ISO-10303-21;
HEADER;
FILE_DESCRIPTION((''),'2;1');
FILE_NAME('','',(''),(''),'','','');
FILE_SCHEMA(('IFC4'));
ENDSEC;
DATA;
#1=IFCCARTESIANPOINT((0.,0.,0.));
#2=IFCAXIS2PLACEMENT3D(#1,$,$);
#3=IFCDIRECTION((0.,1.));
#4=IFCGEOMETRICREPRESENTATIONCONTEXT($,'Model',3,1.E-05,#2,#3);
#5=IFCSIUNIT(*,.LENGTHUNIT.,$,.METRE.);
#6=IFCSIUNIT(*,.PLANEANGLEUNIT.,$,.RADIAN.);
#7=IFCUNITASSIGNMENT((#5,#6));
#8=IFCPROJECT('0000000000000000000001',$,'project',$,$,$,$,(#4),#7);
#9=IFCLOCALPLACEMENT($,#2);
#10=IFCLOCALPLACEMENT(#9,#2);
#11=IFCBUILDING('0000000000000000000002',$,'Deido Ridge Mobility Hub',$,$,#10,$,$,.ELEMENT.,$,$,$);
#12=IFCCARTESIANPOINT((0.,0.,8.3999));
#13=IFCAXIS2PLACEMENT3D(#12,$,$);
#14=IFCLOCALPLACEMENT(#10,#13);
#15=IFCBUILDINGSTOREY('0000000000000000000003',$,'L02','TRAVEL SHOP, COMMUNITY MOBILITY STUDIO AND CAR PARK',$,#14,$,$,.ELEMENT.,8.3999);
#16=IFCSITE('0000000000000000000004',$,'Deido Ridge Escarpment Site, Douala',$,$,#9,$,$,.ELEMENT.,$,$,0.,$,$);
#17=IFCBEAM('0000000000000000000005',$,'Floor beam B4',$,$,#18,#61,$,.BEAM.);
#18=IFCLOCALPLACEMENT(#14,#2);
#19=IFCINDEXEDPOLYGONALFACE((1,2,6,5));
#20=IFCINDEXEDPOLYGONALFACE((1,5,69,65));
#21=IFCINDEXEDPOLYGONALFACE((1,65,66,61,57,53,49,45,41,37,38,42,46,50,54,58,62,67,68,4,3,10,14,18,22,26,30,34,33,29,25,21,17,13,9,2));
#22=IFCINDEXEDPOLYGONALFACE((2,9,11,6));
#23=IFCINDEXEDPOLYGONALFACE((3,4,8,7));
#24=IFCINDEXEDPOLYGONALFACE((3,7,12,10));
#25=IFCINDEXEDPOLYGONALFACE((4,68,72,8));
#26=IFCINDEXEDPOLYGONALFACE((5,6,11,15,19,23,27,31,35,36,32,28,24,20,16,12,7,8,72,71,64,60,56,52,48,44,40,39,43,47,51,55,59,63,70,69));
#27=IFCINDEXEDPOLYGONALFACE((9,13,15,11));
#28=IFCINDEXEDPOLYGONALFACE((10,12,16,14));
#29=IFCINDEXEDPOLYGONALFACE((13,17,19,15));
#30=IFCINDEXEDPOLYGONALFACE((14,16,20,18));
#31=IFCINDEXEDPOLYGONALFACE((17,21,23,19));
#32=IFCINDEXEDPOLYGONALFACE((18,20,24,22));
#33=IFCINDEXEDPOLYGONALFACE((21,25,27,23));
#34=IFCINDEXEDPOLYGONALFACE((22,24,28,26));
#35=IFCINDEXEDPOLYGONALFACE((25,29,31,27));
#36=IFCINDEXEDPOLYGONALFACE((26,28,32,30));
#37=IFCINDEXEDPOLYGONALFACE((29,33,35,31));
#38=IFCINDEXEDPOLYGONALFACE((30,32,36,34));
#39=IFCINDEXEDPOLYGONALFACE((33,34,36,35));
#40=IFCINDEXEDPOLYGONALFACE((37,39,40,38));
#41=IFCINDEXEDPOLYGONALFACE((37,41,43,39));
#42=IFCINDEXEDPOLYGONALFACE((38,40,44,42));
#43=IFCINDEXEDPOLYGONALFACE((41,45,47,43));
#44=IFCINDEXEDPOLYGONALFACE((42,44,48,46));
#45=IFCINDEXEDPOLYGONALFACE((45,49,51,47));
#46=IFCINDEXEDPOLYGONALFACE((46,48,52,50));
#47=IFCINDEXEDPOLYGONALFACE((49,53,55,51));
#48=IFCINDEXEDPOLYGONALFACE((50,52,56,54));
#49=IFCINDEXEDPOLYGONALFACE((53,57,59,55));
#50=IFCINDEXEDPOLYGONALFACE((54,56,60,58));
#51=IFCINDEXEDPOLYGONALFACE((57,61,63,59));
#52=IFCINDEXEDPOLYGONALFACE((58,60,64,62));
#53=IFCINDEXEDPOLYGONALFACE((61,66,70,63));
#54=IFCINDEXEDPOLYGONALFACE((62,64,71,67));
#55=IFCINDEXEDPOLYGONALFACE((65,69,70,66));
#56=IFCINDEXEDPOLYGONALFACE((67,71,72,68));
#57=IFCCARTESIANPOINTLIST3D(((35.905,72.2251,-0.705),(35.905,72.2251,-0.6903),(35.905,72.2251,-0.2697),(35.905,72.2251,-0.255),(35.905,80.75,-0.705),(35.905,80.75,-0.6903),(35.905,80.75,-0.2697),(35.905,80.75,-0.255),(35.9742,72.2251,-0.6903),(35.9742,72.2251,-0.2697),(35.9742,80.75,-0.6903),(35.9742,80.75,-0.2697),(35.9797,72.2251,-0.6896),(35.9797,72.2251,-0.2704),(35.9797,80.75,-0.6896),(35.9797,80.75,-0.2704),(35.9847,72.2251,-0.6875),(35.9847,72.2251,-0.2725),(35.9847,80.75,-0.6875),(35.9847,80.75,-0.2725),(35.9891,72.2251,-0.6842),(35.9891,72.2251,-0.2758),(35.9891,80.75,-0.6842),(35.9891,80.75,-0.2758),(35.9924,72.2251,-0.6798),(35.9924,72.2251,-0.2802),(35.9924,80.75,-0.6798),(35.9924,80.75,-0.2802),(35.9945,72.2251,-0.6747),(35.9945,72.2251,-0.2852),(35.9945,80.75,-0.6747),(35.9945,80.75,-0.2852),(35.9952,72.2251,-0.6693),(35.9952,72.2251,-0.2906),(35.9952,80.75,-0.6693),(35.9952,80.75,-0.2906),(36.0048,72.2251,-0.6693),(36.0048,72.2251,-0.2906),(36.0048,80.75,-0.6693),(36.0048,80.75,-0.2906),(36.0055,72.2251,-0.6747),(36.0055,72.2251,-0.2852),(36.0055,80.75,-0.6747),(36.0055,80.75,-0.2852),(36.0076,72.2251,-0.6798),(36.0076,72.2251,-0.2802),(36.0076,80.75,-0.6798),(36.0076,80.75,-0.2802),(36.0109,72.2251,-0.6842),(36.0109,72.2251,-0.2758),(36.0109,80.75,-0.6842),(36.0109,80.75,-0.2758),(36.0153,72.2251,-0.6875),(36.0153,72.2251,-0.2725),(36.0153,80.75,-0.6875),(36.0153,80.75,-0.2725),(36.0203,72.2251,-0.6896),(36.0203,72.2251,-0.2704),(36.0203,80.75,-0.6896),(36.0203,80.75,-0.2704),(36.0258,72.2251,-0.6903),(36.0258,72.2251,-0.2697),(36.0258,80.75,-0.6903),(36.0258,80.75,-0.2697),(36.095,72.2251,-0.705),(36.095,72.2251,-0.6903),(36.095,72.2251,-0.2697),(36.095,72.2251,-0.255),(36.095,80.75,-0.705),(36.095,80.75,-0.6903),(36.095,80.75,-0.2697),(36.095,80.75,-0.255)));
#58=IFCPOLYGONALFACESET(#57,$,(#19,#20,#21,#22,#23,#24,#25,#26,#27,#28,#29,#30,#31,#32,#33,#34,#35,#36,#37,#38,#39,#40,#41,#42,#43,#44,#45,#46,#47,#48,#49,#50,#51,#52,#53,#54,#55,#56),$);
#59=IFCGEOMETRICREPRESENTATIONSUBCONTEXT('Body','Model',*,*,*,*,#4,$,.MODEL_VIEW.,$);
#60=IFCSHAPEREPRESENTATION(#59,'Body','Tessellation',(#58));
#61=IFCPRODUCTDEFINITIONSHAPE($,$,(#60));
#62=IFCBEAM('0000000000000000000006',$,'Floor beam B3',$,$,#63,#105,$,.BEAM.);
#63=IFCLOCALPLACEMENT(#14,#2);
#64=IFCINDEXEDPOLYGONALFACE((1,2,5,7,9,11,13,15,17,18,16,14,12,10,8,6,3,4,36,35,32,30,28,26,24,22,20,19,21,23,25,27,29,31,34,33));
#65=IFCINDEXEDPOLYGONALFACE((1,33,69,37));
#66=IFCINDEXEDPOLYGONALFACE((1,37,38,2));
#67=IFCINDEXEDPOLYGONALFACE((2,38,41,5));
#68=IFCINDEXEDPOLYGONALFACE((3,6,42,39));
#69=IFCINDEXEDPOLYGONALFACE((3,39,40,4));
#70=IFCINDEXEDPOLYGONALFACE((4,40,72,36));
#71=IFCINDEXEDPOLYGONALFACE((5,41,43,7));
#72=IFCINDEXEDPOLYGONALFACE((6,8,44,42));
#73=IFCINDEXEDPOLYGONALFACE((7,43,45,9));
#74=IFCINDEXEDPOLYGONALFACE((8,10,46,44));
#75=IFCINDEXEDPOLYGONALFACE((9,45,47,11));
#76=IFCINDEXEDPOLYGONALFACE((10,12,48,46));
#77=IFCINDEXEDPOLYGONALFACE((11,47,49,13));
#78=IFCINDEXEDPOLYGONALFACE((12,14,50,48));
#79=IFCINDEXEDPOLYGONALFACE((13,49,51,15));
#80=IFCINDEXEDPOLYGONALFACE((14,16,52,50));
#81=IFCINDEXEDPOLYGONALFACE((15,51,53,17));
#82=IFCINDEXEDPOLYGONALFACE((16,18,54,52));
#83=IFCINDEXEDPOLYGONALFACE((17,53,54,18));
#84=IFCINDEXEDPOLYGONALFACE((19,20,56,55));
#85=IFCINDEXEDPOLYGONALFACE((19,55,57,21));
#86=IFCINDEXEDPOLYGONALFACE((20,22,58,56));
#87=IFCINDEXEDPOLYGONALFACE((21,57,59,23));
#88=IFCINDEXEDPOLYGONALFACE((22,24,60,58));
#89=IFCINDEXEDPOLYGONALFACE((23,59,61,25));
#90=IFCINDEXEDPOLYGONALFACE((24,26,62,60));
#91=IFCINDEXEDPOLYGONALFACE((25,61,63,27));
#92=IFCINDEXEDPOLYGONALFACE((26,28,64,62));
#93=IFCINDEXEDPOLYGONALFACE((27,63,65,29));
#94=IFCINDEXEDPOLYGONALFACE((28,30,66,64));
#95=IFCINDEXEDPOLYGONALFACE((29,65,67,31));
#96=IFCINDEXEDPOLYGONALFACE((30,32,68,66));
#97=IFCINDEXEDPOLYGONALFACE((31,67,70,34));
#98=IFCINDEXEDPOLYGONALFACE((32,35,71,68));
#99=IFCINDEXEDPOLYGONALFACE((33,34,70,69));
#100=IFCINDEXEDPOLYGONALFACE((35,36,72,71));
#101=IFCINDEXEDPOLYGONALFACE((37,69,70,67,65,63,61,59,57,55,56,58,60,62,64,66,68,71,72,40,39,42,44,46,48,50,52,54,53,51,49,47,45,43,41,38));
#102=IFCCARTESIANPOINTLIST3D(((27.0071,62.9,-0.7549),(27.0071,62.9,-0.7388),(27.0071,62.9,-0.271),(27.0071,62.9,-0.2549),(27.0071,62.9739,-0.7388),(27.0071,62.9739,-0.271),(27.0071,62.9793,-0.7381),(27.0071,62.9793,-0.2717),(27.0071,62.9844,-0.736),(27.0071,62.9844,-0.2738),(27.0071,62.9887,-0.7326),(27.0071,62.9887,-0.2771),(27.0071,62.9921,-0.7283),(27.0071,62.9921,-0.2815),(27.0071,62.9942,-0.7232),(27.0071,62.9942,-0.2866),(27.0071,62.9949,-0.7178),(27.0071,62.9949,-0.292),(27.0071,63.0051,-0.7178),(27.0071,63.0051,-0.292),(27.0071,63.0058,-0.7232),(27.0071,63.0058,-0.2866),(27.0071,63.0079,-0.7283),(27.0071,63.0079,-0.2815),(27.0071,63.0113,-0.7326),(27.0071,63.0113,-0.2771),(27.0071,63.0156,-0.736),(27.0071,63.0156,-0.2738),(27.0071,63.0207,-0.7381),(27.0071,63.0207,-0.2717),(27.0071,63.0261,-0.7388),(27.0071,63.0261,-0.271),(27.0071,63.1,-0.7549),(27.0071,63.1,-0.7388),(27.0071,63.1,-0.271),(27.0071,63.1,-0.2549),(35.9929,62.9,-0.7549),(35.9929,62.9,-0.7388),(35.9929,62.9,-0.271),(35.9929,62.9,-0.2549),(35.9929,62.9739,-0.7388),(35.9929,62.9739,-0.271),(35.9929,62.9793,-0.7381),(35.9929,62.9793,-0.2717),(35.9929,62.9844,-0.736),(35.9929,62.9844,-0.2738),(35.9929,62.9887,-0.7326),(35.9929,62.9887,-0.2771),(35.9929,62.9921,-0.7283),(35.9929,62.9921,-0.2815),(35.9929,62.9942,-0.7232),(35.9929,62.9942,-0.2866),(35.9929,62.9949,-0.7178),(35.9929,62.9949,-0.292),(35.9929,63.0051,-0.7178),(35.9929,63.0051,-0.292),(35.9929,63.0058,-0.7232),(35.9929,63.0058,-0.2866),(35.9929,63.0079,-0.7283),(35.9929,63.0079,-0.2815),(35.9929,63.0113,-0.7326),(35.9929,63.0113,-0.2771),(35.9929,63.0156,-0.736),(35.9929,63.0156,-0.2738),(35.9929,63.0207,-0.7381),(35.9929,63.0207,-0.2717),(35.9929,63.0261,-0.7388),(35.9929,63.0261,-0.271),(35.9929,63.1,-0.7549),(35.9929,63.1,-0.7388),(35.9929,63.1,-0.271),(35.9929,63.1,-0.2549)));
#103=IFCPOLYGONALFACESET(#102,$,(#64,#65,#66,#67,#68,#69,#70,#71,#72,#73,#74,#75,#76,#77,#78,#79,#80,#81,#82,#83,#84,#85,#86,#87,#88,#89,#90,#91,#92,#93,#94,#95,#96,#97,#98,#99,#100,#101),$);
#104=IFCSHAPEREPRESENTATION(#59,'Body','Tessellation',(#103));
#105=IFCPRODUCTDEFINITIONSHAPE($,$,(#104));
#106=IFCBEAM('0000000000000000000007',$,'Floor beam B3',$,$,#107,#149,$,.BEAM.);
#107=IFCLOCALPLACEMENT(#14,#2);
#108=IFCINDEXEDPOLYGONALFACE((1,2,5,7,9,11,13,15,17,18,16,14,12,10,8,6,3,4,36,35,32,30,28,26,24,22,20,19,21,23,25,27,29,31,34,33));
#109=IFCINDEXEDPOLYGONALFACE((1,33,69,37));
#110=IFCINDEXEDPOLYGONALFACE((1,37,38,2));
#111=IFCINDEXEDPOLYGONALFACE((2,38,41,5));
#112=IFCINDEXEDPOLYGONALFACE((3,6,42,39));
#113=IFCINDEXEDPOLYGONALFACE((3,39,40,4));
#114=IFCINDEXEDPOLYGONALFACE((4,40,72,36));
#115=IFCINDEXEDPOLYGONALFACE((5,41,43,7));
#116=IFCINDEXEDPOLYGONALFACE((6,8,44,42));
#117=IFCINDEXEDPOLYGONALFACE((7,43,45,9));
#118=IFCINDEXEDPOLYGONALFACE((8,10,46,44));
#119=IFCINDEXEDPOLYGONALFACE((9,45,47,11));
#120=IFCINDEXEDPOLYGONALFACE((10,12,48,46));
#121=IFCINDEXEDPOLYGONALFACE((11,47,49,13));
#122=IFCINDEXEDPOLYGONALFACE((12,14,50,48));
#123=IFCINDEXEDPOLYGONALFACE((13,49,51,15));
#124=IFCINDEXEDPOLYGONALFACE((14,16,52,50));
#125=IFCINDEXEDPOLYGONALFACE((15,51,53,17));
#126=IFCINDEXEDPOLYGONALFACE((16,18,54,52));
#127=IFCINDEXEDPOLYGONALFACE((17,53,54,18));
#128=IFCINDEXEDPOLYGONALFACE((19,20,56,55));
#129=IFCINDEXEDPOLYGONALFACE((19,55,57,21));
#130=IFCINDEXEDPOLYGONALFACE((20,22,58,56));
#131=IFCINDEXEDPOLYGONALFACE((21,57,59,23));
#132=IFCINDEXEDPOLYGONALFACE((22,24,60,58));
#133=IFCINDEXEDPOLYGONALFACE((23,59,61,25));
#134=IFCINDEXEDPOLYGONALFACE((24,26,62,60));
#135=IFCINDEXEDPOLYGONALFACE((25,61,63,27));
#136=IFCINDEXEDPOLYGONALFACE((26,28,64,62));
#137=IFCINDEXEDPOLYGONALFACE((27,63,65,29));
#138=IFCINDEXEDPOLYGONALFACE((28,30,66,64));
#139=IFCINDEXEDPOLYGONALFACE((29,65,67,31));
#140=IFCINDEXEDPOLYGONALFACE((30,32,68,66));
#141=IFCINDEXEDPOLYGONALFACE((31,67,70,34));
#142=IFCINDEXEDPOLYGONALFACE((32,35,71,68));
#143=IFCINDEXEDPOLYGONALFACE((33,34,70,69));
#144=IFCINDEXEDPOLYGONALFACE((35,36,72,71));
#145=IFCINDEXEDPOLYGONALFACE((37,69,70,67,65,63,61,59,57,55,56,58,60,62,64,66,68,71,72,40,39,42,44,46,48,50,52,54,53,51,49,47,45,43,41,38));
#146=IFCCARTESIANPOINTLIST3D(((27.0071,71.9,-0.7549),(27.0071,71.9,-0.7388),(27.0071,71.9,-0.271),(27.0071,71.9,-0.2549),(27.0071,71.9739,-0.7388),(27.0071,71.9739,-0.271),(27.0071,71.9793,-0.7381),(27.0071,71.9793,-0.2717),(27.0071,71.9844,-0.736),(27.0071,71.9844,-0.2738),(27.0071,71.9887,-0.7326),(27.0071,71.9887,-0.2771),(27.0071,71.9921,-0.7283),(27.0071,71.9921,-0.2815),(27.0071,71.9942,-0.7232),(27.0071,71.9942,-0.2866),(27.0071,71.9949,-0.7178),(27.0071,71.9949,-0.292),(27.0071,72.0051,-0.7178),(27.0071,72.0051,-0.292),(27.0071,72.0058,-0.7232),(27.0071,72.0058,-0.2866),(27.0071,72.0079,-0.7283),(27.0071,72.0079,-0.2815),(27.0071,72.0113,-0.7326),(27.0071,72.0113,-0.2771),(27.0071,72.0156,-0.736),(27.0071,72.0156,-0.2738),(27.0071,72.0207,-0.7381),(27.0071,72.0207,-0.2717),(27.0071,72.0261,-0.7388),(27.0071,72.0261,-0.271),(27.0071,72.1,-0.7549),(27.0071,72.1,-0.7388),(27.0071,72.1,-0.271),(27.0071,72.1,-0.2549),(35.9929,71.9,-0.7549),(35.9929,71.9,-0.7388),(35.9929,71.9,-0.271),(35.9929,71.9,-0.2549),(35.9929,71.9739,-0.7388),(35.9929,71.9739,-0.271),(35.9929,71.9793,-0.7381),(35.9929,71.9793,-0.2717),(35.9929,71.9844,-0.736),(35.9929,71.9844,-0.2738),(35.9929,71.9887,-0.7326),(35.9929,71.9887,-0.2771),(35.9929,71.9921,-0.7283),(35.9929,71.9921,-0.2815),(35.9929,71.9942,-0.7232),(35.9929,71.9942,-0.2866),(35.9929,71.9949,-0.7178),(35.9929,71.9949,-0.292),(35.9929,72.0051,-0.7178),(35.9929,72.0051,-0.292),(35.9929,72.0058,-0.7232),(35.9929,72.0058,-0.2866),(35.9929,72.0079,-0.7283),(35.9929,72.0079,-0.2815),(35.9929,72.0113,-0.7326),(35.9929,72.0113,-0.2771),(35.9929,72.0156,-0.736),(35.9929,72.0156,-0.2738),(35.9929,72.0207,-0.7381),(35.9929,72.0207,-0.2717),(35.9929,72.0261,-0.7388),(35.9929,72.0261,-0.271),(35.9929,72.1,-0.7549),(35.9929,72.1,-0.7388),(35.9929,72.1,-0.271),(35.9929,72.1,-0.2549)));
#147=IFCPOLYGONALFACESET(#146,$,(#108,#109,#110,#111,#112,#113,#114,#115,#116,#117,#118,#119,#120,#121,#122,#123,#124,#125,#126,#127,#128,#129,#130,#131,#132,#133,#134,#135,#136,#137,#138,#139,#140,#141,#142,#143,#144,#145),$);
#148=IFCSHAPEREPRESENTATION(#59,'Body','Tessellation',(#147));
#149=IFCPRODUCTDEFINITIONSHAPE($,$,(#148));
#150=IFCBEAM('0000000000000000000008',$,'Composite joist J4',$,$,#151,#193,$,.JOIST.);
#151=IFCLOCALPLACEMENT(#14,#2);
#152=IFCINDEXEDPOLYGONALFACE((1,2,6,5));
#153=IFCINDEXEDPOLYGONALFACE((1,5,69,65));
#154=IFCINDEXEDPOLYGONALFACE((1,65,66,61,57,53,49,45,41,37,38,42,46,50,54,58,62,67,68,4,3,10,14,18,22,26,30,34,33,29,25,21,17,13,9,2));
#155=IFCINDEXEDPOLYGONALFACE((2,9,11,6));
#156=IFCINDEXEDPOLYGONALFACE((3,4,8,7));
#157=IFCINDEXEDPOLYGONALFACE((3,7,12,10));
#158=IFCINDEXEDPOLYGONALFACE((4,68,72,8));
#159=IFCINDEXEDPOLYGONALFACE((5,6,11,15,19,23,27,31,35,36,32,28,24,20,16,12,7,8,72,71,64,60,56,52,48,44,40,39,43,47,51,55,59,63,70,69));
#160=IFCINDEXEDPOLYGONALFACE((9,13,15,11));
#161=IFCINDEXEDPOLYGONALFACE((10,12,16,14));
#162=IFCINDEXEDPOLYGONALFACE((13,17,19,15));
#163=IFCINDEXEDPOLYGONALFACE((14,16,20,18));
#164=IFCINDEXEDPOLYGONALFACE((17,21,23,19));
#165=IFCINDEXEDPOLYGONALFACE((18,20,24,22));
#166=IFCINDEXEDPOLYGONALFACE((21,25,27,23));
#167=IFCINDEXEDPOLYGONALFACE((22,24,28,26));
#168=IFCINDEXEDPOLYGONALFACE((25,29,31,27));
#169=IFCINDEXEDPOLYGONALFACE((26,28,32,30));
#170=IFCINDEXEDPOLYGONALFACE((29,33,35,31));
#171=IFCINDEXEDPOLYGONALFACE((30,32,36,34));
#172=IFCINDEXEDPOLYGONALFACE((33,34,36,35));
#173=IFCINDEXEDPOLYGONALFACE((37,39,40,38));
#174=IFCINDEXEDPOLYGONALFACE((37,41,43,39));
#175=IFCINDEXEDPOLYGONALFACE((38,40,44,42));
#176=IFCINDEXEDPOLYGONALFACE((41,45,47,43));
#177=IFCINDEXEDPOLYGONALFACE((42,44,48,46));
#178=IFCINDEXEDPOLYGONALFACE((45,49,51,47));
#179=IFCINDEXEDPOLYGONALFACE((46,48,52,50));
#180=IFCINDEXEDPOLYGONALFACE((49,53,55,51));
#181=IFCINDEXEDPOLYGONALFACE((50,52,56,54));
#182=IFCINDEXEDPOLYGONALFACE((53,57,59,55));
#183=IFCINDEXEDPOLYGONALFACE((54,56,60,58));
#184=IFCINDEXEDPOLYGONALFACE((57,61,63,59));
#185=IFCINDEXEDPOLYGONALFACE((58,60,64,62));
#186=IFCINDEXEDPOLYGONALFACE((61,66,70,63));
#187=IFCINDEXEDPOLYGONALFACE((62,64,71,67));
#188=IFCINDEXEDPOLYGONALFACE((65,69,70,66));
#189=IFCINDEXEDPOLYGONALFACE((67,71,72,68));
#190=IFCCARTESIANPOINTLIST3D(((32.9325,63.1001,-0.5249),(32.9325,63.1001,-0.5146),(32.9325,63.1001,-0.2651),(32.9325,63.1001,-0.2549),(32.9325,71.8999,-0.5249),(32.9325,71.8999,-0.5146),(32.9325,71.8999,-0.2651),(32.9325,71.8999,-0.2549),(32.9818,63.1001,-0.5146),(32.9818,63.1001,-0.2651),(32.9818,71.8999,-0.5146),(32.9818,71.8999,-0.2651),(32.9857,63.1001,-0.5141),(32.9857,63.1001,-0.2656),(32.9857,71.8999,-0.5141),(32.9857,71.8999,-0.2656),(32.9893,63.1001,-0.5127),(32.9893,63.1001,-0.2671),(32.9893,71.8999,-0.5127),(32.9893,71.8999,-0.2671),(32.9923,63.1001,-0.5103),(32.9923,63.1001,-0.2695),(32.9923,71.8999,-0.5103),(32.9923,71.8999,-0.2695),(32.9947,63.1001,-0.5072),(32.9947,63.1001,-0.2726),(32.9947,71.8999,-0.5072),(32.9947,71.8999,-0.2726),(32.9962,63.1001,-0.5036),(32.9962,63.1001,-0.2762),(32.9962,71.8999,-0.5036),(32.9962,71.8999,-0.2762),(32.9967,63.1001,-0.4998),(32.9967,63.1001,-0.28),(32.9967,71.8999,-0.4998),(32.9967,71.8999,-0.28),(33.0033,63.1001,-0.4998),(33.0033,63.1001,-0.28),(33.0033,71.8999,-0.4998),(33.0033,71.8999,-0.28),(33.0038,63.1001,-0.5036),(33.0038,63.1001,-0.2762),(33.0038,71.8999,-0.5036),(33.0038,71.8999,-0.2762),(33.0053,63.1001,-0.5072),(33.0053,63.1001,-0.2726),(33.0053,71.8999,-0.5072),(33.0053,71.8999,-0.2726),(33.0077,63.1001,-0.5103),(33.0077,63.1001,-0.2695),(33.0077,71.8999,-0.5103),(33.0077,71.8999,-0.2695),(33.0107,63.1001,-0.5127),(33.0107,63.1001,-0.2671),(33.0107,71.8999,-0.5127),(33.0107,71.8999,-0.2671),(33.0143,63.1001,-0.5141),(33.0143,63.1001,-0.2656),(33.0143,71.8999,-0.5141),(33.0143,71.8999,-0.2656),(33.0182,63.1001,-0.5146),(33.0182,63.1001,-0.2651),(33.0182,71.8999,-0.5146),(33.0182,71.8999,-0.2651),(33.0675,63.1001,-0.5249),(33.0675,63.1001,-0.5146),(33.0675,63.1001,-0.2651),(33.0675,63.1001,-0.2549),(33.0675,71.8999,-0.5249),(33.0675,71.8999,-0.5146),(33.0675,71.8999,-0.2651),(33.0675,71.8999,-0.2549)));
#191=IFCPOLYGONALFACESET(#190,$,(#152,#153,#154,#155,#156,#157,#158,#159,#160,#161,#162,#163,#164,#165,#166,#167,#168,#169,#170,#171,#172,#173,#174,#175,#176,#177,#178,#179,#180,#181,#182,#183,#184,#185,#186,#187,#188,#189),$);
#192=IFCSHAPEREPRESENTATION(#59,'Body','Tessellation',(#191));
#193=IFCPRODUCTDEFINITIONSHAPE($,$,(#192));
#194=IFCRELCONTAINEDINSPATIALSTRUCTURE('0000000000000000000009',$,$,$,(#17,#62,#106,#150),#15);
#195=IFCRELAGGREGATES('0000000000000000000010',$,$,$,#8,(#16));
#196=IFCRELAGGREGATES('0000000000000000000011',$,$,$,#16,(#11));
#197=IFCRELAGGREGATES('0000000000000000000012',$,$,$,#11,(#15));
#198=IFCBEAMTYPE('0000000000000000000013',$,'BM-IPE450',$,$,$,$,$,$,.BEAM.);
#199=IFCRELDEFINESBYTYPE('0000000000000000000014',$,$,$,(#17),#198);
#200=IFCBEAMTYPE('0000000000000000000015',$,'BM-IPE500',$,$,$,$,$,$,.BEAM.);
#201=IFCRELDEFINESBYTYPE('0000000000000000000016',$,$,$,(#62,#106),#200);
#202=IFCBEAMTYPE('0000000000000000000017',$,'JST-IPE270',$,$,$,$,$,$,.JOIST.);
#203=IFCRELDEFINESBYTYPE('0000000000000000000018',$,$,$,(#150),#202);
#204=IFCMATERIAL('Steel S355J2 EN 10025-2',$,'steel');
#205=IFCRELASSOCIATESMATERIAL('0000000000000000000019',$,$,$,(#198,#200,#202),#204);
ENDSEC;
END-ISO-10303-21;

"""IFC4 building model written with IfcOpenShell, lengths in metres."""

from ifc_helpers import new_model, si_unit, direction, frame, origin, origin_2d, place, context, subcontext, project, spatial, i_section, extrude, material, material_profile, profile_set, type_object, element, save


model = new_model("IFC4")

# Units and contexts
model_context = context("Model", 3, precision=1e-05, world=origin(), true_north=direction((0.0, 1.0)))
body_context = subcontext(model_context, "Body", "Model", "MODEL_VIEW")
ifc_project = project(units=[si_unit("LENGTHUNIT", "METRE"), si_unit("PLANEANGLEUNIT", "RADIAN")], contexts=[model_context])

# Site, building, storey
site_placement = place(None, origin())
site = spatial("IfcSite", under=ifc_project, at=site_placement, Name="Deido Ridge Escarpment Site, Douala", CompositionType="ELEMENT", RefElevation=0.0)
building_placement = place(site_placement, origin())
building = spatial("IfcBuilding", under=site, at=building_placement, Name="Deido Ridge Mobility Hub", CompositionType="ELEMENT")
storey_placement = place(building_placement, frame((0.0, 0.0, 8.3999)))
storey = spatial("IfcBuildingStorey", under=building, at=storey_placement, Name="L02", Description="TRAVEL SHOP, COMMUNITY MOBILITY STUDIO AND CAR PARK", CompositionType="ELEMENT", Elevation=8.3999)

# Shared definitions
ifc_material_1 = material(Name="Steel S355J2 EN 10025-2", Category="steel")

# Beams
ifc_material_profile_1 = material_profile(ifc_material_1, i_section(OverallWidth=0.1899, OverallDepth=0.45, WebThickness=0.0095, FlangeThickness=0.0146, FilletRadius=0.021, at=origin_2d()), Name="IPE 450")
ifc_profile_set_1 = profile_set([ifc_material_profile_1], Name="Steel S355J2 EN 10025-2")
beam_type_1 = type_object("IfcBeamType", Name="BM-IPE450", PredefinedType="BEAM", material=ifc_profile_set_1)
beam_1_placement = place(storey_placement, frame((36.0, 72.2251, -0.48), z_axis=(0.0, 1.0, 0.0), x_axis=(-1.0, 0.0, 0.0)))
element("IfcBeam", 1, at=beam_1_placement, inside=storey, type_object=beam_type_1, Name="Floor beam B4", PredefinedType="BEAM", context=body_context, shape_type="SweptSolid", body=[
    extrude(i_section(OverallWidth=0.1899, OverallDepth=0.45, WebThickness=0.0095, FlangeThickness=0.0146, FilletRadius=0.021, at=origin_2d()), origin(), (0.0, 0.0, 1.0), 8.5249),
])
ifc_material_profile_2 = material_profile(ifc_material_1, i_section(OverallWidth=0.2, OverallDepth=0.5, WebThickness=0.0103, FlangeThickness=0.0161, FilletRadius=0.021, at=origin_2d()), Name="IPE 500")
ifc_profile_set_2 = profile_set([ifc_material_profile_2], Name="Steel S355J2 EN 10025-2")
beam_type_2 = type_object("IfcBeamType", Name="BM-IPE500", PredefinedType="BEAM", material=ifc_profile_set_2)
for number, where, z_axis, x_axis, name in (
    (2, (27.0071, 63.0, -0.5049), (1.0, 0.0, 0.0), (0.0, 1.0, 0.0), "Floor beam B3"),
    (3, (27.0071, 72.0, -0.5049), (1.0, 0.0, 0.0), (0.0, 1.0, 0.0), "Floor beam B3"),
):
    element("IfcBeam", number, at=place(storey_placement, frame(where, z_axis=z_axis, x_axis=x_axis)), inside=storey, type_object=beam_type_2, Name=name, PredefinedType="BEAM", context=body_context, shape_type="SweptSolid", body=[
        extrude(i_section(OverallWidth=0.2, OverallDepth=0.5, WebThickness=0.0103, FlangeThickness=0.0161, FilletRadius=0.021, at=origin_2d()), origin(), (0.0, 0.0, 1.0), 8.9858),
    ])
ifc_material_profile_3 = material_profile(ifc_material_1, i_section(OverallWidth=0.135, OverallDepth=0.27, WebThickness=0.0066, FlangeThickness=0.0103, FilletRadius=0.0149, at=origin_2d()), Name="IPE 270")
ifc_profile_set_3 = profile_set([ifc_material_profile_3], Name="Steel S355J2 EN 10025-2")
beam_type_3 = type_object("IfcBeamType", Name="JST-IPE270", PredefinedType="JOIST", material=ifc_profile_set_3)
beam_2_placement = place(storey_placement, frame((33.0, 63.1001, -0.3899), z_axis=(0.0, 1.0, 0.0), x_axis=(-1.0, 0.0, 0.0)))
element("IfcBeam", 4, at=beam_2_placement, inside=storey, type_object=beam_type_3, Name="Composite joist J4", PredefinedType="JOIST", context=body_context, shape_type="SweptSolid", body=[
    extrude(i_section(OverallWidth=0.135, OverallDepth=0.27, WebThickness=0.0066, FlangeThickness=0.0103, FilletRadius=0.0149, at=origin_2d()), origin(), (0.0, 0.0, 1.0), 8.7998),
])

save(model, "model.ifc")
